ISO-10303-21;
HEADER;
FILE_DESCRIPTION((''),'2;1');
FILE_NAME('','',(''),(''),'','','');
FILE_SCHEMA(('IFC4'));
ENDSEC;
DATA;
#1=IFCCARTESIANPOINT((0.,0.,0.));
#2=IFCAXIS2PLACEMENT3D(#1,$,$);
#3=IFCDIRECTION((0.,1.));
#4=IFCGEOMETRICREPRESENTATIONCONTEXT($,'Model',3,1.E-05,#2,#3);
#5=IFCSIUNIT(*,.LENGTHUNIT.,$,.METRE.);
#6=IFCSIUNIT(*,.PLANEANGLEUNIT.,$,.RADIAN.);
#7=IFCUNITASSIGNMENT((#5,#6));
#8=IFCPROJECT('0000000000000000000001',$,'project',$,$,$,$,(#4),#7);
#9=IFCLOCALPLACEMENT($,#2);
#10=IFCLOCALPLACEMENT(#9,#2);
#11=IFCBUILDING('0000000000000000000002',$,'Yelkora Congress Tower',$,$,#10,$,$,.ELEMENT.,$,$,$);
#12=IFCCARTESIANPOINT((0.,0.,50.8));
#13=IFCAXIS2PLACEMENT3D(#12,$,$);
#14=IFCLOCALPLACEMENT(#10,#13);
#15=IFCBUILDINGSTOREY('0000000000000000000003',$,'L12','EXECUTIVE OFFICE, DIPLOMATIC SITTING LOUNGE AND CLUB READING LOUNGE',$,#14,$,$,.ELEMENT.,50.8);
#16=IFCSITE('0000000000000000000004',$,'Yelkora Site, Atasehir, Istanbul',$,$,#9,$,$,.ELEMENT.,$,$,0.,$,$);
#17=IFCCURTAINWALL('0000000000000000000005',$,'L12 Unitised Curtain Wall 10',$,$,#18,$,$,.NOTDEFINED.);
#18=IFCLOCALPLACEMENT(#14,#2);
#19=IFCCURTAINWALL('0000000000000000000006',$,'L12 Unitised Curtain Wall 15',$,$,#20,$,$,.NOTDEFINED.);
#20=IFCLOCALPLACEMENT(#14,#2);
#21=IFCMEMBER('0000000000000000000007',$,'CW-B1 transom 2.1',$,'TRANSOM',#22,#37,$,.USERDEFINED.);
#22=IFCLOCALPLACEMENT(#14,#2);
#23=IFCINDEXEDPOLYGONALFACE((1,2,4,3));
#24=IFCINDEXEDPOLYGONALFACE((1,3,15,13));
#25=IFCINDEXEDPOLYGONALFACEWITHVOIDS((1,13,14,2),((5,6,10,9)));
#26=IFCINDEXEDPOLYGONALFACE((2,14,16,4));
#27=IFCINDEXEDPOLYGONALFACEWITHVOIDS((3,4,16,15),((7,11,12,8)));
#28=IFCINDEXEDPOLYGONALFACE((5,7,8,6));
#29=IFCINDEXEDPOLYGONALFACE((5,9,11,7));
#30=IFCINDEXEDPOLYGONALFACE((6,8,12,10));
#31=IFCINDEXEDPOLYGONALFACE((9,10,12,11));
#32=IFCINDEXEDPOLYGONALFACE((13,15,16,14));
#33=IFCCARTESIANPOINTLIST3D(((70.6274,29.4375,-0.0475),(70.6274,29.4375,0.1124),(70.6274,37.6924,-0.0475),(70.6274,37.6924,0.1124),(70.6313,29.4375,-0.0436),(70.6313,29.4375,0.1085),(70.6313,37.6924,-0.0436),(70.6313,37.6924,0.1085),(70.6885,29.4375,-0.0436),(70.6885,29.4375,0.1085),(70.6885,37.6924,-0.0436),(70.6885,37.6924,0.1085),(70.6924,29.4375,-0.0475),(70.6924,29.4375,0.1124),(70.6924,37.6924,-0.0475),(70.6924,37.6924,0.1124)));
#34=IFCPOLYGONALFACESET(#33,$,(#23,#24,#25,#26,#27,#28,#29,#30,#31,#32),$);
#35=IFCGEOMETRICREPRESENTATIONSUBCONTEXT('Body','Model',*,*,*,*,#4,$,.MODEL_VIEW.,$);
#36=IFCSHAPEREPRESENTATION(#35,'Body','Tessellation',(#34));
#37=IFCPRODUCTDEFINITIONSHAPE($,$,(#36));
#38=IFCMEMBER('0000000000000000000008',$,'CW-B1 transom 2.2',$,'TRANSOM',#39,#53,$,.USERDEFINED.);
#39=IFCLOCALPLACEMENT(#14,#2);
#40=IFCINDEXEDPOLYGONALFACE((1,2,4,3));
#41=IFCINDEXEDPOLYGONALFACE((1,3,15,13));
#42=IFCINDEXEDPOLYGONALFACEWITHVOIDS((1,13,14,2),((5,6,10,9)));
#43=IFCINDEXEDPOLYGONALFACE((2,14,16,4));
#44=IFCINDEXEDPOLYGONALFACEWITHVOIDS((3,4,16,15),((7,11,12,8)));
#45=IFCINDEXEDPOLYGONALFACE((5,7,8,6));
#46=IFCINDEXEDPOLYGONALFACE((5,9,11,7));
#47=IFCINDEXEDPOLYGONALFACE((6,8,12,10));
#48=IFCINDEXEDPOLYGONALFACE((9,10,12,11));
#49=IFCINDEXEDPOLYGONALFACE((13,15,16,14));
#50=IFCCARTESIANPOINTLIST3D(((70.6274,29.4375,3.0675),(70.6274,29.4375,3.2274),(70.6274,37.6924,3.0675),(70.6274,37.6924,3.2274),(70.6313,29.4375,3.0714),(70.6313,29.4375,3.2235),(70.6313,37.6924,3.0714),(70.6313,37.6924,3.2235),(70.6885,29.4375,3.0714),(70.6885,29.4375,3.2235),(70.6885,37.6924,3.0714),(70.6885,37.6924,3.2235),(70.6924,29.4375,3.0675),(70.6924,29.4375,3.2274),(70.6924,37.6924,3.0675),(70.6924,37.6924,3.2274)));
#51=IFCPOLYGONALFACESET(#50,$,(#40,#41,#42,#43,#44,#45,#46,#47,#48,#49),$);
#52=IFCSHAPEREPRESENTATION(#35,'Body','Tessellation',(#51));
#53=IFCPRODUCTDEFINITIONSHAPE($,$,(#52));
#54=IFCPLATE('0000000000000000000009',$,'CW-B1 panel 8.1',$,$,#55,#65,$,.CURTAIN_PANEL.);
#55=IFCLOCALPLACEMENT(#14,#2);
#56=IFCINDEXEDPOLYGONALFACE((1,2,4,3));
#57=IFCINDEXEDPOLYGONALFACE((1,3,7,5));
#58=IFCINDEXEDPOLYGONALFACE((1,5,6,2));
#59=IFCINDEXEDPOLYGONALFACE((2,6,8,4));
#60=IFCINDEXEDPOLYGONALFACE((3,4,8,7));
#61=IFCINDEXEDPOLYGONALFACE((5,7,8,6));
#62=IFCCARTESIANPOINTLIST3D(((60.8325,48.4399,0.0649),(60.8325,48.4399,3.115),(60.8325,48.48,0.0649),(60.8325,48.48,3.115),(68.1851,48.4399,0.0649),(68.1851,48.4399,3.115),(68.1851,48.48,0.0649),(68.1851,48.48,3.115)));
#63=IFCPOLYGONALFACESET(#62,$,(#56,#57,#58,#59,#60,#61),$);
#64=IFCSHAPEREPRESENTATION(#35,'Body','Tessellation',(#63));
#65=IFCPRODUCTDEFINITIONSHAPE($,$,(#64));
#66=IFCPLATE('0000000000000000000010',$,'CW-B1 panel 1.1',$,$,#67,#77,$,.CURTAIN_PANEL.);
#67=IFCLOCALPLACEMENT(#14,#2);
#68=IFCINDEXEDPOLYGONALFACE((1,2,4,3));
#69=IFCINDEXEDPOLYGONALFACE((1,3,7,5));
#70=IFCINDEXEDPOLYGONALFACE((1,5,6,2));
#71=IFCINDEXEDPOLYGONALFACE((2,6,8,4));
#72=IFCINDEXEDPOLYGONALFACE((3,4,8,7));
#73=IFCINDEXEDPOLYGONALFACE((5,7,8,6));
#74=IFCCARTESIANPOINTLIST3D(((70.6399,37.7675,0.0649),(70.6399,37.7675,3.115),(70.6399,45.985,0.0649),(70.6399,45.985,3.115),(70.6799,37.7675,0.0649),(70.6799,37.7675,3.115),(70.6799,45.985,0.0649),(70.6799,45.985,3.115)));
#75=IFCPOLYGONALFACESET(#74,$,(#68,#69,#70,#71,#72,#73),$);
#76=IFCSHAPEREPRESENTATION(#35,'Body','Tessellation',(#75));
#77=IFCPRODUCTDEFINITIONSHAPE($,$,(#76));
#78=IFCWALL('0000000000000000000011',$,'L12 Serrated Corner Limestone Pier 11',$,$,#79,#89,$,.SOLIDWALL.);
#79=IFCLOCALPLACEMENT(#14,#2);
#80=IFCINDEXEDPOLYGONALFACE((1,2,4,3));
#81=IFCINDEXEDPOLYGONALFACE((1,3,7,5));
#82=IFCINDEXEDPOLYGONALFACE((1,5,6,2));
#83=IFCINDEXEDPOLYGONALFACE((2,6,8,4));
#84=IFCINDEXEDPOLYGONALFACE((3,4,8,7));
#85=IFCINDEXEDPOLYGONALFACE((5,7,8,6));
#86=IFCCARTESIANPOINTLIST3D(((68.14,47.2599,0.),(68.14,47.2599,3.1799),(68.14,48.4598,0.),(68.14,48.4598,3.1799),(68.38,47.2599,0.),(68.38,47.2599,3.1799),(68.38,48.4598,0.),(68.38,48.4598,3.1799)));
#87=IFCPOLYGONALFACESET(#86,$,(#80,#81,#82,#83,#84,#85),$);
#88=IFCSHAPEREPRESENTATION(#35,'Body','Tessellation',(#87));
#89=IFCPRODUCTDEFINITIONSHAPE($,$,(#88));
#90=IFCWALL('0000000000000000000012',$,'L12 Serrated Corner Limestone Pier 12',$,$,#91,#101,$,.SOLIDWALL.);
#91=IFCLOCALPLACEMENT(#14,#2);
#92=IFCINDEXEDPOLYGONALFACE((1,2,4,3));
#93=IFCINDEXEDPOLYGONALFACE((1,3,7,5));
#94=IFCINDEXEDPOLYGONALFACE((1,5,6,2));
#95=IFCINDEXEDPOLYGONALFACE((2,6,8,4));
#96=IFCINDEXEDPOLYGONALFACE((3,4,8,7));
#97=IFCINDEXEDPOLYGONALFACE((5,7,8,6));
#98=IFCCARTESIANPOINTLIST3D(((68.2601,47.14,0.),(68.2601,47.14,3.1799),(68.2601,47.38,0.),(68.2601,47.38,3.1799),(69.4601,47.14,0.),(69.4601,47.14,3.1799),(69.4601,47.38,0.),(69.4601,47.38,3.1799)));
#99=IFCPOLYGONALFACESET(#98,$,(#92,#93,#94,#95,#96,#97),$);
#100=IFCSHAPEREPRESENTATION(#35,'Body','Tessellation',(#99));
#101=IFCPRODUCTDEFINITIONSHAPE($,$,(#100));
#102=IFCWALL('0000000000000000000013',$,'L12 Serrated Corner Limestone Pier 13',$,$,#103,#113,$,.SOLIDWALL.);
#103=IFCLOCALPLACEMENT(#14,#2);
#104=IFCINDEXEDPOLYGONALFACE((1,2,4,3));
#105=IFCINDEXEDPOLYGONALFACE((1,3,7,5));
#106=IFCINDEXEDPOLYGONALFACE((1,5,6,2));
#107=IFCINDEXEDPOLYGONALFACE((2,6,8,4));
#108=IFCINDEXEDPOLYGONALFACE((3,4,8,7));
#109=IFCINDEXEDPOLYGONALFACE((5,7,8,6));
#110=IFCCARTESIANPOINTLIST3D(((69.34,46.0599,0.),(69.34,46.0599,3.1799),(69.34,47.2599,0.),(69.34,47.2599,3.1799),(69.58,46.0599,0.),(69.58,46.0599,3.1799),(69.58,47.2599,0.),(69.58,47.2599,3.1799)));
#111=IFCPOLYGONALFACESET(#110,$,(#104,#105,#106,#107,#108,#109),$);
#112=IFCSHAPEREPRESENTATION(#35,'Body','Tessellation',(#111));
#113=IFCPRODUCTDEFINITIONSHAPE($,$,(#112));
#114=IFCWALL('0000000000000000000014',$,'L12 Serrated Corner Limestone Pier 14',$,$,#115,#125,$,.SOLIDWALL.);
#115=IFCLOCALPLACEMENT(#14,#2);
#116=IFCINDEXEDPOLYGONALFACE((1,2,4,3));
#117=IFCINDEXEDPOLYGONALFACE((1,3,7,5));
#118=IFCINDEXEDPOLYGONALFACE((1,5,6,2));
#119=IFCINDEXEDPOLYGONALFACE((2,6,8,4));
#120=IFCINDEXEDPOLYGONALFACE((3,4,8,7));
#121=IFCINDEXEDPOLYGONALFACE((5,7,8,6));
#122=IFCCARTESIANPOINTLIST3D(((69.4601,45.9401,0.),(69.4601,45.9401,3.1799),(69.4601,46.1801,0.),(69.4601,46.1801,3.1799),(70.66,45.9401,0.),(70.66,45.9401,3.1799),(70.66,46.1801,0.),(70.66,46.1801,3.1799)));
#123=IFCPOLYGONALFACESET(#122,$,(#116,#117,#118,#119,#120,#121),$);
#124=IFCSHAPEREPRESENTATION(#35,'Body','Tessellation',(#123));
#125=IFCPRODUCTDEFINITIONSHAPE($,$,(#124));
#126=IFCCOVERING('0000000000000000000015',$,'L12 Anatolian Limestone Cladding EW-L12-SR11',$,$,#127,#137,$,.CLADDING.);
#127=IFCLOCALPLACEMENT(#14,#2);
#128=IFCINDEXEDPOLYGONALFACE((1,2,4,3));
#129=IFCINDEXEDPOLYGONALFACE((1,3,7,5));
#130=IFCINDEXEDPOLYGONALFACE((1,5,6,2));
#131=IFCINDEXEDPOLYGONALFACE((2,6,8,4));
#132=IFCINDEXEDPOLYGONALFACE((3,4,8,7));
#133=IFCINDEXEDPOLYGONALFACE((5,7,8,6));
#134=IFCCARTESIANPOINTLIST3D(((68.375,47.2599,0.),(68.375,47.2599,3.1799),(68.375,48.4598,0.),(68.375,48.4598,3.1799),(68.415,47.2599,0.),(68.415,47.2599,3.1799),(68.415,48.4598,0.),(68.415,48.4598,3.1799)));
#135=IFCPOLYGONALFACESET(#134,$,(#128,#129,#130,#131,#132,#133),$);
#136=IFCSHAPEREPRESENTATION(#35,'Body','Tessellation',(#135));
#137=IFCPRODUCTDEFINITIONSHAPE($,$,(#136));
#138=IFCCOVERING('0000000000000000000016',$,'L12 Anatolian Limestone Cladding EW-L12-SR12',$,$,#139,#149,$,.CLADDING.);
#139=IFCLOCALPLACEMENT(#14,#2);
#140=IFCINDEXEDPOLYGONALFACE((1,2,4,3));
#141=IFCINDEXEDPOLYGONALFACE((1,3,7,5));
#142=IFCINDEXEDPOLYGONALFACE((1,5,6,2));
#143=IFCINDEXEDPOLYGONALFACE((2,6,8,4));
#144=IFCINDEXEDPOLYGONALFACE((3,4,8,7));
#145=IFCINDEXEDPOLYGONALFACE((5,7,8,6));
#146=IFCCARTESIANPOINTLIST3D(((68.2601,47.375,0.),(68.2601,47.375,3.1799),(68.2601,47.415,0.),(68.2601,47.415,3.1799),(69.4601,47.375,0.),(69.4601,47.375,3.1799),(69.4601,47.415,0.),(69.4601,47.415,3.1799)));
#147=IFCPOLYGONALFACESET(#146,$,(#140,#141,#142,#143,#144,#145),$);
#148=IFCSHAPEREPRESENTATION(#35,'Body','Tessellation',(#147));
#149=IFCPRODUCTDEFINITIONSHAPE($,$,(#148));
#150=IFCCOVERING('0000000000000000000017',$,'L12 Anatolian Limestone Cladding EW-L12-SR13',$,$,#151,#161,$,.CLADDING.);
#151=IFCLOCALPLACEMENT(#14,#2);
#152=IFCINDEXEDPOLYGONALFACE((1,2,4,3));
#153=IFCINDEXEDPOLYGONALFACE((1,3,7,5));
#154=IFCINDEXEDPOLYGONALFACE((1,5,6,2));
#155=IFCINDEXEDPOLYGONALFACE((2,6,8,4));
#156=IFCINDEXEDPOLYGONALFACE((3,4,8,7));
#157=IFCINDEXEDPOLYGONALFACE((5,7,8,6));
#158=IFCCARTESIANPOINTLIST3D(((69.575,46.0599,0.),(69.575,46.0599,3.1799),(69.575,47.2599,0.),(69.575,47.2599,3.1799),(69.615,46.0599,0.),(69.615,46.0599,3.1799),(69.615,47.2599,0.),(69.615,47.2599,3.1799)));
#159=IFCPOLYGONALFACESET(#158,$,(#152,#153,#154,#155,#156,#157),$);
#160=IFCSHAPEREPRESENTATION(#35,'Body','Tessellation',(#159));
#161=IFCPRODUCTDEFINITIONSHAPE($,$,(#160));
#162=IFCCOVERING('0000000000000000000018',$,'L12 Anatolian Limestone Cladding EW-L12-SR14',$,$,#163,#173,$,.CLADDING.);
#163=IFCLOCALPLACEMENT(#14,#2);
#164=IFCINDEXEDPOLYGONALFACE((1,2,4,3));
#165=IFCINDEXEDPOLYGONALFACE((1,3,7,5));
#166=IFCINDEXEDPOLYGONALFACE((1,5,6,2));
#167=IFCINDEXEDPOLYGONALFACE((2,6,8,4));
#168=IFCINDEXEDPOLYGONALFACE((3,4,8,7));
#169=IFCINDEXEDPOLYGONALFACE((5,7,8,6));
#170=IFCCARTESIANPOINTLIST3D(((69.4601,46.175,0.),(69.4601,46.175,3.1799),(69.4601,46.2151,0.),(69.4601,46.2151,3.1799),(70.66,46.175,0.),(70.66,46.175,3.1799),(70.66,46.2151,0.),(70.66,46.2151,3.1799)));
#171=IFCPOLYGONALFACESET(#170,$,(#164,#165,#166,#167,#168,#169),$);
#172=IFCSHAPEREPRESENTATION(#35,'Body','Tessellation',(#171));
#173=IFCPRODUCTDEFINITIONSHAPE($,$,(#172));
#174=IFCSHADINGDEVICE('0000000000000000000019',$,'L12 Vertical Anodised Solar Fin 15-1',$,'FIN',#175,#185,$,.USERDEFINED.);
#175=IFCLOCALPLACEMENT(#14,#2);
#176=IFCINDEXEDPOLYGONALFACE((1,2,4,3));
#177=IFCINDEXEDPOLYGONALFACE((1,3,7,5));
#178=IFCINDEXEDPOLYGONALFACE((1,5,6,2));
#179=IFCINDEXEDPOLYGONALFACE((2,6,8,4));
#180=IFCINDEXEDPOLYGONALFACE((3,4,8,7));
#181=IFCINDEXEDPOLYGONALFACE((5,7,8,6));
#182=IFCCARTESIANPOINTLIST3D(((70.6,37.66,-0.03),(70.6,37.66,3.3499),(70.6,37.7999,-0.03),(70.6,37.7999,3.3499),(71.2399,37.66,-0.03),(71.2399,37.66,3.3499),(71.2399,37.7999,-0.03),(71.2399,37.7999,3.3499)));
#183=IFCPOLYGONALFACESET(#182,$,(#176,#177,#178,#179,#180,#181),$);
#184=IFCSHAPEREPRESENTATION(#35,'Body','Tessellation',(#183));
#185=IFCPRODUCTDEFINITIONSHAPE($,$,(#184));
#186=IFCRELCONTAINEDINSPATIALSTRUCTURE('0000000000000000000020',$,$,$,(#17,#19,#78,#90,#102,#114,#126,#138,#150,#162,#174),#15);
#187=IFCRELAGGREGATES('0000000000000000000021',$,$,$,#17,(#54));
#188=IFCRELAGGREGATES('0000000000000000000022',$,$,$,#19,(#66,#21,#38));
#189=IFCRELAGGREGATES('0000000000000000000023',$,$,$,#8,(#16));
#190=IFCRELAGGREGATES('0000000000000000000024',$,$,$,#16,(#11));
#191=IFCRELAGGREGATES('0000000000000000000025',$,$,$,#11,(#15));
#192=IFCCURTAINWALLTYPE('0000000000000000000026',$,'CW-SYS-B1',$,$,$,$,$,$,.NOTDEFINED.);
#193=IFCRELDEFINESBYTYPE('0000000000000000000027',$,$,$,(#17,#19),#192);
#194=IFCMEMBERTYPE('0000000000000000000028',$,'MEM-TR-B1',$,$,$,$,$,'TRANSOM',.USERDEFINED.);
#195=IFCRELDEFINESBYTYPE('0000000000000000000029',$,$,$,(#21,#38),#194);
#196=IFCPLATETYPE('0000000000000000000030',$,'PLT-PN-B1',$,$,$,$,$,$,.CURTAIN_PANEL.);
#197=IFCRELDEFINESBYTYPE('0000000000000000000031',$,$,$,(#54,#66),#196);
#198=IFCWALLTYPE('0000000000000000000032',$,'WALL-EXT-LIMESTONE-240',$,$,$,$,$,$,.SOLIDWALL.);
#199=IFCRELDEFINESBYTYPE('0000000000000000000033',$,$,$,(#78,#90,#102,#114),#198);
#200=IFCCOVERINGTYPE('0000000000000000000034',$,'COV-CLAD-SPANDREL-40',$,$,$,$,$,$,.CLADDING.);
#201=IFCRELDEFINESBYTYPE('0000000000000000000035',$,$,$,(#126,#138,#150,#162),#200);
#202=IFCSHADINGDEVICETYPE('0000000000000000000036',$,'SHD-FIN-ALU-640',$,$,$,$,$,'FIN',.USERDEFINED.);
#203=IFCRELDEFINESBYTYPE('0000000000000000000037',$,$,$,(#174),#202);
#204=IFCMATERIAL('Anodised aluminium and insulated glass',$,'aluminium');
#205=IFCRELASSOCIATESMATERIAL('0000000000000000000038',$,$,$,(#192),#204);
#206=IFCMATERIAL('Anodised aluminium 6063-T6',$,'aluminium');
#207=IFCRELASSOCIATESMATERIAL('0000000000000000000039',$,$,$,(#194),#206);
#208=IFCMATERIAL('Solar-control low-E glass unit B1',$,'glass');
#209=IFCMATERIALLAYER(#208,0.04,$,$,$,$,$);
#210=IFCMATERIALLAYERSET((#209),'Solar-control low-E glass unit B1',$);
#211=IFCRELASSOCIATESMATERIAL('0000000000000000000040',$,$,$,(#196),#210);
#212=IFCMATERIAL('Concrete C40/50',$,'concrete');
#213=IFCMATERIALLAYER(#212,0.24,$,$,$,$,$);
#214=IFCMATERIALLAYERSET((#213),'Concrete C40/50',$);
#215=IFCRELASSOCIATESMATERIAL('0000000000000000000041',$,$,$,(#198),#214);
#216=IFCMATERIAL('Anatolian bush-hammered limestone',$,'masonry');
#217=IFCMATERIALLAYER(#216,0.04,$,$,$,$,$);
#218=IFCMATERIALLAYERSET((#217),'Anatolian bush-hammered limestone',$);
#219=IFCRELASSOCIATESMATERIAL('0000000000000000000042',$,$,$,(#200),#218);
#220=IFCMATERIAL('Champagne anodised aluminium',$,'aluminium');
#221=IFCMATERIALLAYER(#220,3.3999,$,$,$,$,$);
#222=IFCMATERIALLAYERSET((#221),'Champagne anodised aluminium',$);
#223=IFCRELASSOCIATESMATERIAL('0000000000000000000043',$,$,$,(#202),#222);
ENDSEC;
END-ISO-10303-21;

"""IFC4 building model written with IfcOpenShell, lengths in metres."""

from ifc_helpers import new_model, si_unit, direction, frame, frame_2d, origin, origin_2d, place, context, subcontext, project, spatial, rectangle, hollow_rectangle, extrude, material, layer, layer_set, material_profile, profile_set, type_object, element, aggregate, save


model = new_model("IFC4")

# Units and contexts
model_context = context("Model", 3, precision=1e-05, world=origin(), true_north=direction((0.0, 1.0)))
body_context = subcontext(model_context, "Body", "Model", "MODEL_VIEW")
ifc_project = project(units=[si_unit("LENGTHUNIT", "METRE"), si_unit("PLANEANGLEUNIT", "RADIAN")], contexts=[model_context])

# Site, building, storey
site_placement = place(None, origin())
site = spatial("IfcSite", under=ifc_project, at=site_placement, Name="Yelkora Site, Atasehir, Istanbul", CompositionType="ELEMENT", RefElevation=0.0)
building_placement = place(site_placement, origin())
building = spatial("IfcBuilding", under=site, at=building_placement, Name="Yelkora Congress Tower", CompositionType="ELEMENT")
storey_placement = place(building_placement, frame((0.0, 0.0, 50.8)))
storey = spatial("IfcBuildingStorey", under=building, at=storey_placement, Name="L12", Description="EXECUTIVE OFFICE, DIPLOMATIC SITTING LOUNGE AND CLUB READING LOUNGE", CompositionType="ELEMENT", Elevation=50.8)

# Curtain wall
ifc_material_1 = material(Name="Anodised aluminium and insulated glass", Category="aluminium")
curtain_wall_type = type_object("IfcCurtainWallType", Name="CW-SYS-B1", PredefinedType="NOTDEFINED", material=ifc_material_1)
curtain_wall_1_placement = place(storey_placement, origin())
curtain_wall_1 = element("IfcCurtainWall", 1, at=curtain_wall_1_placement, inside=storey, type_object=curtain_wall_type, Name="L12 Unitised Curtain Wall 10", PredefinedType="NOTDEFINED")
ifc_material_2 = material(Name="Anodised aluminium 6063-T6", Category="aluminium")

# Curtain wall, members
curtain_wall_2_placement = place(storey_placement, origin())
curtain_wall_2 = element("IfcCurtainWall", 2, at=curtain_wall_2_placement, inside=storey, type_object=curtain_wall_type, Name="L12 Unitised Curtain Wall 15", PredefinedType="NOTDEFINED")
ifc_material_profile_1 = material_profile(ifc_material_2, hollow_rectangle(XDim=0.0649, YDim=0.1599, WallThickness=0.0039, at=origin_2d()), Name="ALU 65x160x4")
ifc_profile_set_1 = profile_set([ifc_material_profile_1], Name="Anodised aluminium 6063-T6")
member_type_1 = type_object("IfcMemberType", Name="MEM-TR-B1", ElementType="TRANSOM", PredefinedType="USERDEFINED", material=ifc_profile_set_1)
member_1_placement = place(storey_placement, frame((70.6599, 37.6924, 0.0325), z_axis=(0.0, -1.0, 0.0), x_axis=(1.0, 0.0, 0.0)))
member_1 = element("IfcMember", 3, at=member_1_placement, type_object=member_type_1, Name="CW-B1 transom 2.1", ObjectType="TRANSOM", PredefinedType="USERDEFINED", context=body_context, shape_type="SweptSolid", body=[
    extrude(hollow_rectangle(XDim=0.0649, YDim=0.1599, WallThickness=0.0039, at=origin_2d()), origin(), (0.0, 0.0, 1.0), 8.2549),
])
member_2_placement = place(storey_placement, frame((70.6599, 37.6924, 3.1475), z_axis=(0.0, -1.0, 0.0), x_axis=(1.0, 0.0, 0.0)))
member_2 = element("IfcMember", 4, at=member_2_placement, type_object=member_type_1, Name="CW-B1 transom 2.2", ObjectType="TRANSOM", PredefinedType="USERDEFINED", context=body_context, shape_type="SweptSolid", body=[
    extrude(hollow_rectangle(XDim=0.0649, YDim=0.1599, WallThickness=0.0039, at=origin_2d()), origin(), (0.0, 0.0, 1.0), 8.2549),
])

# Plates
ifc_material_3 = material(Name="Solar-control low-E glass unit B1", Category="glass")
ifc_layer_1 = layer(ifc_material_3, 0.04)
ifc_layer_set_1 = layer_set([ifc_layer_1], Name="Solar-control low-E glass unit B1")
plate_type = type_object("IfcPlateType", Name="PLT-PN-B1", PredefinedType="CURTAIN_PANEL", material=ifc_layer_set_1)
plate_1_placement = place(storey_placement, frame((64.5088, 48.46, 0.0649), z_axis=(0.0, 0.0, 1.0), x_axis=(1.0, 0.0, 0.0)))
plate_1 = element("IfcPlate", 5, at=plate_1_placement, type_object=plate_type, Name="CW-B1 panel 8.1", PredefinedType="CURTAIN_PANEL", context=body_context, shape_type="SweptSolid", body=[
    extrude(rectangle(XDim=7.3525, YDim=0.04, at=origin_2d()), origin(), (0.0, 0.0, 1.0), 3.05),
])
aggregate(curtain_wall_1, [plate_1])
plate_2_placement = place(storey_placement, frame((70.6599, 41.8762, 0.0649), z_axis=(0.0, 0.0, 1.0), x_axis=(0.0, -1.0, 0.0)))
plate_2 = element("IfcPlate", 6, at=plate_2_placement, type_object=plate_type, Name="CW-B1 panel 1.1", PredefinedType="CURTAIN_PANEL", context=body_context, shape_type="SweptSolid", body=[
    extrude(rectangle(XDim=8.2175, YDim=0.04, at=origin_2d()), origin(), (0.0, 0.0, 1.0), 3.05),
])
aggregate(curtain_wall_2, [plate_2, member_1, member_2])

# Walls
ifc_material_4 = material(Name="Concrete C40/50", Category="concrete")
ifc_layer_2 = layer(ifc_material_4, 0.24)
ifc_layer_set_2 = layer_set([ifc_layer_2], Name="Concrete C40/50")
wall_type = type_object("IfcWallType", Name="WALL-EXT-LIMESTONE-240", PredefinedType="SOLIDWALL", material=ifc_layer_set_2)
for number, where, z_axis, x_axis, name in (
    (7, (68.26, 48.46, 0.0), (0.0, 0.0, 1.0), (0.0, -1.0, 0.0), "L12 Serrated Corner Limestone Pier 11"),
    (8, (68.26, 47.26, 0.0), (0.0, 0.0, 1.0), (1.0, 0.0, 0.0), "L12 Serrated Corner Limestone Pier 12"),
    (9, (69.46, 47.26, 0.0), (0.0, 0.0, 1.0), (0.0, -1.0, 0.0), "L12 Serrated Corner Limestone Pier 13"),
    (10, (69.46, 46.0601, 0.0), (0.0, 0.0, 1.0), (1.0, 0.0, 0.0), "L12 Serrated Corner Limestone Pier 14"),
):
    element("IfcWall", number, at=place(storey_placement, frame(where, z_axis=z_axis, x_axis=x_axis)), inside=storey, type_object=wall_type, Name=name, PredefinedType="SOLIDWALL", context=body_context, shape_type="SweptSolid", body=[
        extrude(rectangle(XDim=1.2, YDim=0.24, at=frame_2d((0.6001, 0.0))), origin(), (0.0, 0.0, 1.0), 3.1799),
    ])

# Coverings
ifc_material_5 = material(Name="Anatolian bush-hammered limestone", Category="masonry")
ifc_layer_3 = layer(ifc_material_5, 0.04)
ifc_layer_set_3 = layer_set([ifc_layer_3], Name="Anatolian bush-hammered limestone")
covering_type = type_object("IfcCoveringType", Name="COV-CLAD-SPANDREL-40", PredefinedType="CLADDING", material=ifc_layer_set_3)
for number, where, z_axis, x_axis, name in (
    (11, (68.395, 48.46, 0.0), (0.0, 0.0, 1.0), (0.0, -1.0, 0.0), "L12 Anatolian Limestone Cladding EW-L12-SR11"),
    (12, (68.26, 47.395, 0.0), (0.0, 0.0, 1.0), (1.0, 0.0, 0.0), "L12 Anatolian Limestone Cladding EW-L12-SR12"),
    (13, (69.595, 47.26, 0.0), (0.0, 0.0, 1.0), (0.0, -1.0, 0.0), "L12 Anatolian Limestone Cladding EW-L12-SR13"),
    (14, (69.46, 46.1951, 0.0), (0.0, 0.0, 1.0), (1.0, 0.0, 0.0), "L12 Anatolian Limestone Cladding EW-L12-SR14"),
):
    element("IfcCovering", number, at=place(storey_placement, frame(where, z_axis=z_axis, x_axis=x_axis)), inside=storey, type_object=covering_type, Name=name, PredefinedType="CLADDING", context=body_context, shape_type="SweptSolid", body=[
        extrude(rectangle(XDim=1.2, YDim=0.04, at=frame_2d((0.6001, 0.0))), origin(), (0.0, 0.0, 1.0), 3.1799),
    ])

# Shading device
ifc_material_6 = material(Name="Champagne anodised aluminium", Category="aluminium")
ifc_layer_4 = layer(ifc_material_6, 3.3999)
ifc_layer_set_4 = layer_set([ifc_layer_4], Name="Champagne anodised aluminium")
shading_device_type = type_object("IfcShadingDeviceType", Name="SHD-FIN-ALU-640", ElementType="FIN", PredefinedType="USERDEFINED", material=ifc_layer_set_4)
shading_device_placement = place(storey_placement, frame((70.9199, 37.73, -0.03), z_axis=(0.0, 0.0, 1.0), x_axis=(0.0, -1.0, 0.0)))
element("IfcShadingDevice", 15, at=shading_device_placement, inside=storey, type_object=shading_device_type, Name="L12 Vertical Anodised Solar Fin 15-1", ObjectType="FIN", PredefinedType="USERDEFINED", context=body_context, shape_type="SweptSolid", body=[
    extrude(rectangle(XDim=0.1399, YDim=0.6399, at=origin_2d()), origin(), (0.0, 0.0, 1.0), 3.3799),
])

save(model, "model.ifc")
